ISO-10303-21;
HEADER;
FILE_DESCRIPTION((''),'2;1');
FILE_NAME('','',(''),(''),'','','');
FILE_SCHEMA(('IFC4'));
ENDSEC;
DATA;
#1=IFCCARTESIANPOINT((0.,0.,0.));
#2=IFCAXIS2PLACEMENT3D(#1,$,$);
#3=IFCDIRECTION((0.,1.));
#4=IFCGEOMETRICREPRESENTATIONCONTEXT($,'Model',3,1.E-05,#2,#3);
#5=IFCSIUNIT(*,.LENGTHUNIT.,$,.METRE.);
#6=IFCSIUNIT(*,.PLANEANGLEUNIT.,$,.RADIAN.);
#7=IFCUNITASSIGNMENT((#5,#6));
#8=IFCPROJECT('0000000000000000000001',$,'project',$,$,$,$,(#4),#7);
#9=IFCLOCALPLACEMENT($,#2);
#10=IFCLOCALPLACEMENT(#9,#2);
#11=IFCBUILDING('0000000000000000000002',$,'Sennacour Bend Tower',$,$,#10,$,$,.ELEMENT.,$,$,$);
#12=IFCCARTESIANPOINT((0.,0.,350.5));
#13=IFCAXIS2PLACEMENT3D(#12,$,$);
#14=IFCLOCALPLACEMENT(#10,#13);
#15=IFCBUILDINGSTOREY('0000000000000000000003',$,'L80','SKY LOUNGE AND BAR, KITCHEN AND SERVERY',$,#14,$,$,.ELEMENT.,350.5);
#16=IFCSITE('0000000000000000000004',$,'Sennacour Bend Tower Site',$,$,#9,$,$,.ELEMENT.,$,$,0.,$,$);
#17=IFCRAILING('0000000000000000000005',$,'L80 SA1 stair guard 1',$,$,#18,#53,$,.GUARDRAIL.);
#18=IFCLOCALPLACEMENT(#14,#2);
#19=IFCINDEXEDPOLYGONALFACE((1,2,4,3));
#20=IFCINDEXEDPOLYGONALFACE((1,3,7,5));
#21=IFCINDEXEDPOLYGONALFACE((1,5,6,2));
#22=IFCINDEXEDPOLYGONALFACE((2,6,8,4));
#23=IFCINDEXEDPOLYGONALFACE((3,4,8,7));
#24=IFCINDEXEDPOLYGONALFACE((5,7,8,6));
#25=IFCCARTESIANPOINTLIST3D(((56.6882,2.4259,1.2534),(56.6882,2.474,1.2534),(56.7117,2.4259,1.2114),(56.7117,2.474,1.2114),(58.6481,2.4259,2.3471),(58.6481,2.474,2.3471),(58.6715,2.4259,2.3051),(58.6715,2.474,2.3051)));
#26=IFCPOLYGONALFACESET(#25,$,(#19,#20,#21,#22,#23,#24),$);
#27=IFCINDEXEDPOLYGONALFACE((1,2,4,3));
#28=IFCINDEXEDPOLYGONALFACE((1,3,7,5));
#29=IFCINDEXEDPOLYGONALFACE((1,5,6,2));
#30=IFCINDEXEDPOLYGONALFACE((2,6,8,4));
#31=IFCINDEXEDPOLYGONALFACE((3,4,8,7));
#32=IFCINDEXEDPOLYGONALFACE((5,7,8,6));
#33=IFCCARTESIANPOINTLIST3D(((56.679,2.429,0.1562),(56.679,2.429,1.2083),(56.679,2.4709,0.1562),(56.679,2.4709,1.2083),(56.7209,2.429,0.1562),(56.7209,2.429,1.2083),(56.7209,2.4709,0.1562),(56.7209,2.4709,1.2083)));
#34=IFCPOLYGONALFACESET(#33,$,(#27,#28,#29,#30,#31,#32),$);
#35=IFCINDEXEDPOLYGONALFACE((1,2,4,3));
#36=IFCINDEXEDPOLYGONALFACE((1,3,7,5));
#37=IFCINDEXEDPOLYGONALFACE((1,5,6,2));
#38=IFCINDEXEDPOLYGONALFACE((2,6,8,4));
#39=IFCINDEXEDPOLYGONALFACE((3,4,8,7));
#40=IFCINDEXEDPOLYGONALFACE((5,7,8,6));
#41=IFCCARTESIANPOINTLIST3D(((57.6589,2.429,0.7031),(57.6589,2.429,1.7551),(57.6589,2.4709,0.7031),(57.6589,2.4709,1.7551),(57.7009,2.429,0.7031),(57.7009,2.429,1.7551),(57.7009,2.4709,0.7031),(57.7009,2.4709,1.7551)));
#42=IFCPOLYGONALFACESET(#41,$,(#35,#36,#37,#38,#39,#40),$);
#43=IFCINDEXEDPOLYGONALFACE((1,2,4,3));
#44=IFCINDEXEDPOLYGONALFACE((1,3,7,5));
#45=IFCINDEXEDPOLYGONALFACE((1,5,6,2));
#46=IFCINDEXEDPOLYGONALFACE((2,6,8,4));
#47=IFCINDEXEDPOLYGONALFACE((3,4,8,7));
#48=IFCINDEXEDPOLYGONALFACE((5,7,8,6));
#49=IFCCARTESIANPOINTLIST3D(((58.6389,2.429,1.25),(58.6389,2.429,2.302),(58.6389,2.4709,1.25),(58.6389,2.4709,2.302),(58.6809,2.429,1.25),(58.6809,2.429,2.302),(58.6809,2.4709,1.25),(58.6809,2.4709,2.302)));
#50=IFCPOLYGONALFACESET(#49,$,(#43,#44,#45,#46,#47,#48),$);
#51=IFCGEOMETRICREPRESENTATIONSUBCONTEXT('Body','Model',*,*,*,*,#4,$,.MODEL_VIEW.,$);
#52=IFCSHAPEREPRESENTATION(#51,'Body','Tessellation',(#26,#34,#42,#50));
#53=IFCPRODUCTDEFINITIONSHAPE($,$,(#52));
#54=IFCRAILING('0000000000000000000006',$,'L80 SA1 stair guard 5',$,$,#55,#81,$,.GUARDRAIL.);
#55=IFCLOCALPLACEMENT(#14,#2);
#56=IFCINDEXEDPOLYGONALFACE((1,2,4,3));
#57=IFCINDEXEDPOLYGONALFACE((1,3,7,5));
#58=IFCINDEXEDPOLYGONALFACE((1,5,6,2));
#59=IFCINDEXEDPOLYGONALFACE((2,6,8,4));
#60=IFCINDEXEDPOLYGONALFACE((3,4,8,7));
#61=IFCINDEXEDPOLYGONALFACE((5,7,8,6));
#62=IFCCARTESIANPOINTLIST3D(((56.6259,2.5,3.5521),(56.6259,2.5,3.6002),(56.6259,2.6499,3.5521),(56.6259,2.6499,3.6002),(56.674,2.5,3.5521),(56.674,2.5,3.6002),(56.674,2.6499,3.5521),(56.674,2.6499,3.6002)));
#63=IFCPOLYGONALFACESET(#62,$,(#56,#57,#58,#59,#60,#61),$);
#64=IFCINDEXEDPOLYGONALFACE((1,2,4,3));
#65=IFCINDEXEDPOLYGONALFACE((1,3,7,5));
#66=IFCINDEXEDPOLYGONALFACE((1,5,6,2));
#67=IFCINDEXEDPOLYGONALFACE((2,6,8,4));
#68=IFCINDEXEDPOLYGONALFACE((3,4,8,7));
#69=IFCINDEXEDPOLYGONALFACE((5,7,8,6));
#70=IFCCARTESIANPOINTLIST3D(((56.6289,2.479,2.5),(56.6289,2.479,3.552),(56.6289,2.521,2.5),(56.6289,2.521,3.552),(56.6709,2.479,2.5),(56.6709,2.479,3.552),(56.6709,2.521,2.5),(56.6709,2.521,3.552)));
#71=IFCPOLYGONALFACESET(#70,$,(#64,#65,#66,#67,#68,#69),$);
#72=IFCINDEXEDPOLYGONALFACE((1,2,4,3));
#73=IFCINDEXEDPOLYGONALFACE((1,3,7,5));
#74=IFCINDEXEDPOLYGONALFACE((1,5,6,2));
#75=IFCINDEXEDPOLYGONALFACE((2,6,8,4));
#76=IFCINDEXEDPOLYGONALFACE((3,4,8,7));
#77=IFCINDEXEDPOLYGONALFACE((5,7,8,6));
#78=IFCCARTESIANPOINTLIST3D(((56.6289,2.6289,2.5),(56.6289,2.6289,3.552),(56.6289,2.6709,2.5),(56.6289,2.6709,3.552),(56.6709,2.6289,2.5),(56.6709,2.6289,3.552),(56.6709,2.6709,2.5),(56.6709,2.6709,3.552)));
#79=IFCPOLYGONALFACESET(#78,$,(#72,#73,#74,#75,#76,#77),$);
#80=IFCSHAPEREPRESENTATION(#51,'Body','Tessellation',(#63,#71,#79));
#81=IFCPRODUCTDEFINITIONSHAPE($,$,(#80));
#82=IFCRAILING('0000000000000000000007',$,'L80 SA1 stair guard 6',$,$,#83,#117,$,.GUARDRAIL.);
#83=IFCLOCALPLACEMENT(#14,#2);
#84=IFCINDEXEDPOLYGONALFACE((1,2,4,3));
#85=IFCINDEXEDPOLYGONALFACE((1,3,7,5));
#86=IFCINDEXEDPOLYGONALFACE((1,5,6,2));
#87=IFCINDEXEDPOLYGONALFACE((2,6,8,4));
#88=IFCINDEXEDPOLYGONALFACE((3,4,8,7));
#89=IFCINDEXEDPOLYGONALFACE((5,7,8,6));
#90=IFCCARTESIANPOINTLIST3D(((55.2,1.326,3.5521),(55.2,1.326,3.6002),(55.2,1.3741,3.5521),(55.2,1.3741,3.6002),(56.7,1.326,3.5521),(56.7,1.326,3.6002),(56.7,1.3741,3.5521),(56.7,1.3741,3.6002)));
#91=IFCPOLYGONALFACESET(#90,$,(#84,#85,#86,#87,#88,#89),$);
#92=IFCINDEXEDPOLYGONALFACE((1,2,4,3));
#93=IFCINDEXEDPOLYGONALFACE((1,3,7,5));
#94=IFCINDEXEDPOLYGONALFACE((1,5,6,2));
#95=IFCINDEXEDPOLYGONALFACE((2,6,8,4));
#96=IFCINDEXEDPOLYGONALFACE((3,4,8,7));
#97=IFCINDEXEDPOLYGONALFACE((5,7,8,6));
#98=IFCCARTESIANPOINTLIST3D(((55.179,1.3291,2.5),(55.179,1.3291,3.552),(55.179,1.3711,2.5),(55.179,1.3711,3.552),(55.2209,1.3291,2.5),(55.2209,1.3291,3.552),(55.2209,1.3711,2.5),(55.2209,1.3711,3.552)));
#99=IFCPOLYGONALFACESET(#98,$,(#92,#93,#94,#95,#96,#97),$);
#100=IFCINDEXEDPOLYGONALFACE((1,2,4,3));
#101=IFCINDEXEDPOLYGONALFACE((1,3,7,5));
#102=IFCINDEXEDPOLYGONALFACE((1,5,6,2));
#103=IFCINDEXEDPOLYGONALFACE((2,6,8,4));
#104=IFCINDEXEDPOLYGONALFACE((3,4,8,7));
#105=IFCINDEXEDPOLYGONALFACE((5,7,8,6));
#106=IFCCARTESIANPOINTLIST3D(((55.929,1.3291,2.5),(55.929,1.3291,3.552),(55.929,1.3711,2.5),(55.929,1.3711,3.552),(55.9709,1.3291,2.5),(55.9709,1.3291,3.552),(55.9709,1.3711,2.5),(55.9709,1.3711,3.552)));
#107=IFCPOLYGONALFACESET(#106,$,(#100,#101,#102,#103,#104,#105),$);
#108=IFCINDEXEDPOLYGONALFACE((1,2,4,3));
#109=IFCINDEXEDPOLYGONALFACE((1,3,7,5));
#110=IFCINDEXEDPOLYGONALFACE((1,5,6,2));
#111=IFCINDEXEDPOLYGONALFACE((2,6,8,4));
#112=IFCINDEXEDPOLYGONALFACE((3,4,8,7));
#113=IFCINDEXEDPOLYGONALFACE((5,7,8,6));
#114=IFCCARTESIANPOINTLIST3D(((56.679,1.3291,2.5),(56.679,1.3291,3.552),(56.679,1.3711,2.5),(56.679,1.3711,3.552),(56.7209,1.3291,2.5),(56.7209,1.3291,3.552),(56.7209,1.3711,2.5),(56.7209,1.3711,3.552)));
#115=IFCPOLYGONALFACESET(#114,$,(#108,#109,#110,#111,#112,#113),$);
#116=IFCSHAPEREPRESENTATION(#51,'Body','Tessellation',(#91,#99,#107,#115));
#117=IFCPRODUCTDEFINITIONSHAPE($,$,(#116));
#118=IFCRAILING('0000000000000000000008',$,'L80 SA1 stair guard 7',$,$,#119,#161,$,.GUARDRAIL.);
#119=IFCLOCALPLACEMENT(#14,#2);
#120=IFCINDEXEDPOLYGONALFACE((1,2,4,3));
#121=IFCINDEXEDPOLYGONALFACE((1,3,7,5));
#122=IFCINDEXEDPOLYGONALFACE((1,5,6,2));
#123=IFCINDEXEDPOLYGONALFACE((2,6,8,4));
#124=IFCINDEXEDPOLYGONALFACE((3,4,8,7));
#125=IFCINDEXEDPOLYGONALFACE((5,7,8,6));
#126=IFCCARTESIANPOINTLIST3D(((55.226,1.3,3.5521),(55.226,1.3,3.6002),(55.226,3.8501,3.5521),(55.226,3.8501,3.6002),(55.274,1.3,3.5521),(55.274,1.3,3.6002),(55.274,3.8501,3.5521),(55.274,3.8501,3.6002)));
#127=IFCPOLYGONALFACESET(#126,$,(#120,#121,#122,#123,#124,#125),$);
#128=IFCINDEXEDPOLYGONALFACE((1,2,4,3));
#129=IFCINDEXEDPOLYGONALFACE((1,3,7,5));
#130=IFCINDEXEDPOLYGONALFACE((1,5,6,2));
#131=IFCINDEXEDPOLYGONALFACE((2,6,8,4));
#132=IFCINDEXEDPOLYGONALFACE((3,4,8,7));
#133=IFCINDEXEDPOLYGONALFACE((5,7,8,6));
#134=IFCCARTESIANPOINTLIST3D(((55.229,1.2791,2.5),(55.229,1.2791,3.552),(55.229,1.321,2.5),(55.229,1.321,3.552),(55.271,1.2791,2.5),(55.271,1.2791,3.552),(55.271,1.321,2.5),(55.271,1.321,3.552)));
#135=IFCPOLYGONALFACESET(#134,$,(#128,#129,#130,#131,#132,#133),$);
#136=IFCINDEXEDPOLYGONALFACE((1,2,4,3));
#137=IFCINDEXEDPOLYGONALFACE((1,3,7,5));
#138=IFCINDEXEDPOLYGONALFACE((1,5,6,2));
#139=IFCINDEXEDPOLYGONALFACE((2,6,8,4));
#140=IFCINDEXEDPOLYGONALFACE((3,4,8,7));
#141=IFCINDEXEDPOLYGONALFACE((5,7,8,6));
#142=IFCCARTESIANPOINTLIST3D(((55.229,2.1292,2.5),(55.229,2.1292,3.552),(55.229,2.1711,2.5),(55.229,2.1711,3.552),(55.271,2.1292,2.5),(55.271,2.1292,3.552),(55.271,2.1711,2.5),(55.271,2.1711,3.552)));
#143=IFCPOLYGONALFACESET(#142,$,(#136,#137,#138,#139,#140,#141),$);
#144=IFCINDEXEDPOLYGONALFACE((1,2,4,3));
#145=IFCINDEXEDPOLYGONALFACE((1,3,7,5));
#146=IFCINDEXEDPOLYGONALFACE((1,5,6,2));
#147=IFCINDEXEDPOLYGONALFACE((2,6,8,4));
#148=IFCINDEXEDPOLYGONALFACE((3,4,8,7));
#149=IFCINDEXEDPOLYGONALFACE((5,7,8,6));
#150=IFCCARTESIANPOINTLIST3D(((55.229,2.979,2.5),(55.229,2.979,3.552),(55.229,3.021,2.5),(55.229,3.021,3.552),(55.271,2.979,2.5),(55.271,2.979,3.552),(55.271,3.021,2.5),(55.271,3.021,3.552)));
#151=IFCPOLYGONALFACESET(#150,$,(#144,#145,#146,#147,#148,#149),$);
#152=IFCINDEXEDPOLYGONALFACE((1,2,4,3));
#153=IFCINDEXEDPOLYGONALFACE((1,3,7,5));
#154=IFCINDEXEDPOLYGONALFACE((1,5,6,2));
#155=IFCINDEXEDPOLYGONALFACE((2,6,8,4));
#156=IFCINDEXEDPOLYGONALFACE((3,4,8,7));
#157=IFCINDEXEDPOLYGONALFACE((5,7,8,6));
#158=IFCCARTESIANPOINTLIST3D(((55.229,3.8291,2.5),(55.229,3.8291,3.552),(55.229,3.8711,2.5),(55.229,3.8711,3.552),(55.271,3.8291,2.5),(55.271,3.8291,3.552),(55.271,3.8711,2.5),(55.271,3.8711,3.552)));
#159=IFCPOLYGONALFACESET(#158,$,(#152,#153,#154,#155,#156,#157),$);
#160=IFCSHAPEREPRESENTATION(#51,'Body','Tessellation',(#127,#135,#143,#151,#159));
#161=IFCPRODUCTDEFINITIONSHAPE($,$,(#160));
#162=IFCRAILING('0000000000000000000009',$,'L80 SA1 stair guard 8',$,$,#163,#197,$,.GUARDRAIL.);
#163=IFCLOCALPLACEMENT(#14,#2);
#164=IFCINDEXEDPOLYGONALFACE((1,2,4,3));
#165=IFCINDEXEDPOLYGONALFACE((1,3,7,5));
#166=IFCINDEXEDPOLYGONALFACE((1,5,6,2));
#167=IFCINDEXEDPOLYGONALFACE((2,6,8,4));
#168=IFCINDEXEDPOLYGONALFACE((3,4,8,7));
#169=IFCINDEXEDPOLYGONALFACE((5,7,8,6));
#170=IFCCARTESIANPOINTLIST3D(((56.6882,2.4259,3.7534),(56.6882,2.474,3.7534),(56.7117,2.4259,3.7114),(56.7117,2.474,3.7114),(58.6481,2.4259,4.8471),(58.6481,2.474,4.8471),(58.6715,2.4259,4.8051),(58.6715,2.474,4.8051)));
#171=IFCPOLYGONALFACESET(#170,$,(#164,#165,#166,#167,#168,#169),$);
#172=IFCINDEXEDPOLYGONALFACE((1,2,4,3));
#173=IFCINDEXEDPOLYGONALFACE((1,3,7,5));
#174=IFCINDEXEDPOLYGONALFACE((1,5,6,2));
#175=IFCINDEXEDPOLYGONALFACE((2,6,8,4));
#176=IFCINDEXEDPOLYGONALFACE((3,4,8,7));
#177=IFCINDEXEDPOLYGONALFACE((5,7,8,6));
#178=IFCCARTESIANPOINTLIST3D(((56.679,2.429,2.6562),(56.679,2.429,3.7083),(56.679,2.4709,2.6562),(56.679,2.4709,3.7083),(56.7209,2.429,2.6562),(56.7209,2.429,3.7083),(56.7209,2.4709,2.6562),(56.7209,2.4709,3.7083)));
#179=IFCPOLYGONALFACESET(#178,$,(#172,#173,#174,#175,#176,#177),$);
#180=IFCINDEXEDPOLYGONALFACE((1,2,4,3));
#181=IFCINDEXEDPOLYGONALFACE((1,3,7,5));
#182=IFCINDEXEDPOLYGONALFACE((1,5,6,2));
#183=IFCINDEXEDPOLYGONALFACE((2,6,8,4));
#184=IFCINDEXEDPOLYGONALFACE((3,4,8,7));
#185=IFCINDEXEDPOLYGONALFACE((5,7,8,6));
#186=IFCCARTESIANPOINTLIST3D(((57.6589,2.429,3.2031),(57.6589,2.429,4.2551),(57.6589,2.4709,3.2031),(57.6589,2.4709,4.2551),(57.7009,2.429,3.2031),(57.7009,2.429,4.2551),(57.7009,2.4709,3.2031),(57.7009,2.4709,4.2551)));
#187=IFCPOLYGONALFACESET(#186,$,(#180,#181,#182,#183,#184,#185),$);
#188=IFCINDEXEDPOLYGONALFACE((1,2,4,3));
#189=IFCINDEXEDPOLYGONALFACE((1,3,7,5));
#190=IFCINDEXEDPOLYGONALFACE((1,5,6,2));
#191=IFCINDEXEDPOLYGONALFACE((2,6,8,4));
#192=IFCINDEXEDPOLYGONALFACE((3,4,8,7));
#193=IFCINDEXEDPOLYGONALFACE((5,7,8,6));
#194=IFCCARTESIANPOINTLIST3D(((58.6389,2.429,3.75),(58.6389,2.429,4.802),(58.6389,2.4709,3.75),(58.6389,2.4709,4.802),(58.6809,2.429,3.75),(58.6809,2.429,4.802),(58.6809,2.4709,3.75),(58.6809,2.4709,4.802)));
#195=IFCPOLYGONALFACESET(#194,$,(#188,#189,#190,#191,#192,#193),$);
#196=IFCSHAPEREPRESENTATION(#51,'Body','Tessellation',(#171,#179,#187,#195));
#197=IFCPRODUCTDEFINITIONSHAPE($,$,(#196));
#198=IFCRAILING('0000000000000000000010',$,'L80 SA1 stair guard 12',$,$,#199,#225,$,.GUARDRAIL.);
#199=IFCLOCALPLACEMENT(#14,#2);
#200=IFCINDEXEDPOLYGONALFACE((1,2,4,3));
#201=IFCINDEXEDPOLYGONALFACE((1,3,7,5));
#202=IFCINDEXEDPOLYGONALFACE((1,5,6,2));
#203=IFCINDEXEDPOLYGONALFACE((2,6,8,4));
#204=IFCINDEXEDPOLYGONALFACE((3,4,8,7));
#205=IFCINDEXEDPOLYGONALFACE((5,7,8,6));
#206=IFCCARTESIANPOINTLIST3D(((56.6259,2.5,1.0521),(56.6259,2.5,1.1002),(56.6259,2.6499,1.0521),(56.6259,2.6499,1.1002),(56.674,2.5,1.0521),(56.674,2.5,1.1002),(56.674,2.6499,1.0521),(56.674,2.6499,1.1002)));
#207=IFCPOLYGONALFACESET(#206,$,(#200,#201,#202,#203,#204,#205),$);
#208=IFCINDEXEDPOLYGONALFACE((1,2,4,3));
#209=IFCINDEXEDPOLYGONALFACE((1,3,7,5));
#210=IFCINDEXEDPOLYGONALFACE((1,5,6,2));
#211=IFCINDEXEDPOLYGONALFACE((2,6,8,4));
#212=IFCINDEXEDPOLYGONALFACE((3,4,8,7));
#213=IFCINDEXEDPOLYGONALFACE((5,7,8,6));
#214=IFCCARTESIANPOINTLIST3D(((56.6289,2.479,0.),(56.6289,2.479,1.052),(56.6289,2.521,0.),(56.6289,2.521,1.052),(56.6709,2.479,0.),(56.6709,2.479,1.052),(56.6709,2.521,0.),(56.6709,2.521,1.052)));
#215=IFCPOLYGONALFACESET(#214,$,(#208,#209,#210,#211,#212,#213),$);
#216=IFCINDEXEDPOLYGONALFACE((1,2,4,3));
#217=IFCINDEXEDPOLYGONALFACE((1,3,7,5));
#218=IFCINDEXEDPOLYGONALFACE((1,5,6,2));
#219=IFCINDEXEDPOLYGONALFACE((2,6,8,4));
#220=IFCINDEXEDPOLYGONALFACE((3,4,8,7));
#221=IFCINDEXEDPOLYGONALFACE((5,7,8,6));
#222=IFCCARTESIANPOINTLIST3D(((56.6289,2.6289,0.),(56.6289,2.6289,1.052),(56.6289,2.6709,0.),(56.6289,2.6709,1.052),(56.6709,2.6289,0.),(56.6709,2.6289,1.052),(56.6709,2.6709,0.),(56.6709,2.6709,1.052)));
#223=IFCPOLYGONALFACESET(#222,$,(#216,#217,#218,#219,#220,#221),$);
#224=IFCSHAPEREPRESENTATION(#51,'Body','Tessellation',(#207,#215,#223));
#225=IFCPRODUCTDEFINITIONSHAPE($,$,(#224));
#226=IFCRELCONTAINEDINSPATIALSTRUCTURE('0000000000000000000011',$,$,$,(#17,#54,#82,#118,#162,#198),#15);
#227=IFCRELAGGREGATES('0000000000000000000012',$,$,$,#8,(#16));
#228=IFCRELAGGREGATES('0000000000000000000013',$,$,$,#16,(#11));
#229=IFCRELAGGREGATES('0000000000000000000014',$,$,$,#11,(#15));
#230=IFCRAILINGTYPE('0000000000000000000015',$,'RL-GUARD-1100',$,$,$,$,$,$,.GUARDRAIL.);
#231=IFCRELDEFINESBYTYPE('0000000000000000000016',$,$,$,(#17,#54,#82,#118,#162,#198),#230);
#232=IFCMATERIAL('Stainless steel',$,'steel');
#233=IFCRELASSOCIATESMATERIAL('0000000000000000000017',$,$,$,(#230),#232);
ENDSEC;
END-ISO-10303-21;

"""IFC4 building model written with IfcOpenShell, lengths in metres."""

from ifc_helpers import new_model, si_unit, direction, frame, origin, origin_2d, place, context, subcontext, project, spatial, rectangle, extrude, material, type_object, element, save


model = new_model("IFC4")

# Units and contexts
model_context = context("Model", 3, precision=1e-05, world=origin(), true_north=direction((0.0, 1.0)))
body_context = subcontext(model_context, "Body", "Model", "MODEL_VIEW")
ifc_project = project(units=[si_unit("LENGTHUNIT", "METRE"), si_unit("PLANEANGLEUNIT", "RADIAN")], contexts=[model_context])

# Site, building, storey
site_placement = place(None, origin())
site = spatial("IfcSite", under=ifc_project, at=site_placement, Name="Sennacour Bend Tower Site", CompositionType="ELEMENT", RefElevation=0.0)
building_placement = place(site_placement, origin())
building = spatial("IfcBuilding", under=site, at=building_placement, Name="Sennacour Bend Tower", CompositionType="ELEMENT")
storey_placement = place(building_placement, frame((0.0, 0.0, 350.5)))
storey = spatial("IfcBuildingStorey", under=building, at=storey_placement, Name="L80", Description="SKY LOUNGE AND BAR, KITCHEN AND SERVERY", CompositionType="ELEMENT", Elevation=350.5)

# Railings
ifc_material_1 = material(Name="Stainless steel", Category="steel")
railing_type_1 = type_object("IfcRailingType", Name="RL-GUARD-1100", PredefinedType="GUARDRAIL", material=ifc_material_1)
railing_1_placement = place(storey_placement, frame((56.7, 2.45, 0.1562)))
element("IfcRailing", 1, at=railing_1_placement, inside=storey, type_object=railing_type_1, Name="L80 SA1 stair guard 1", PredefinedType="GUARDRAIL", context=body_context, shape_type="SweptSolid", body=[
    extrude(rectangle(XDim=0.0481, YDim=0.0481, at=origin_2d()), frame((0.0, 0.0, 1.0762), z_axis=(0.873232, 0.0, 0.487304), x_axis=(0.0, 1.0, 0.0)), (0.0, 0.0, 1.0), 2.2444),
    extrude(rectangle(XDim=0.042, YDim=0.042, at=origin_2d()), origin(), (0.0, 0.0, 1.0), 1.052),
    extrude(rectangle(XDim=0.042, YDim=0.042, at=origin_2d()), frame((0.98, 0.0, 0.5469)), (0.0, 0.0, 1.0), 1.052),
    extrude(rectangle(XDim=0.042, YDim=0.042, at=origin_2d()), frame((1.96, 0.0, 1.0938)), (0.0, 0.0, 1.0), 1.052),
])
railing_2_placement = place(storey_placement, frame((56.6499, 2.5, 2.5)))
element("IfcRailing", 2, at=railing_2_placement, inside=storey, type_object=railing_type_1, Name="L80 SA1 stair guard 5", PredefinedType="GUARDRAIL", context=body_context, shape_type="SweptSolid", body=[
    extrude(rectangle(XDim=0.0481, YDim=0.0481, at=origin_2d()), frame((0.0, 0.0, 1.0762), z_axis=(0.0, 1.0, 0.0), x_axis=(-1.0, 0.0, 0.0)), (0.0, 0.0, 1.0), 0.1499),
    extrude(rectangle(XDim=0.042, YDim=0.042, at=origin_2d()), origin(), (0.0, 0.0, 1.0), 1.052),
    extrude(rectangle(XDim=0.042, YDim=0.042, at=origin_2d()), frame((0.0, 0.1499, 0.0)), (0.0, 0.0, 1.0), 1.052),
])
railing_3_placement = place(storey_placement, frame((55.2, 1.3501, 2.5)))
element("IfcRailing", 3, at=railing_3_placement, inside=storey, type_object=railing_type_1, Name="L80 SA1 stair guard 6", PredefinedType="GUARDRAIL", context=body_context, shape_type="SweptSolid", body=[
    extrude(rectangle(XDim=0.0481, YDim=0.0481, at=origin_2d()), frame((0.0, 0.0, 1.0762), z_axis=(1.0, 0.0, 0.0), x_axis=(0.0, 1.0, 0.0)), (0.0, 0.0, 1.0), 1.5),
    extrude(rectangle(XDim=0.042, YDim=0.042, at=origin_2d()), origin(), (0.0, 0.0, 1.0), 1.052),
    extrude(rectangle(XDim=0.042, YDim=0.042, at=origin_2d()), frame((0.75, 0.0, 0.0)), (0.0, 0.0, 1.0), 1.052),
    extrude(rectangle(XDim=0.042, YDim=0.042, at=origin_2d()), frame((1.5, 0.0, 0.0)), (0.0, 0.0, 1.0), 1.052),
])
railing_4_placement = place(storey_placement, frame((55.25, 1.3, 2.5)))
element("IfcRailing", 4, at=railing_4_placement, inside=storey, type_object=railing_type_1, Name="L80 SA1 stair guard 7", PredefinedType="GUARDRAIL", context=body_context, shape_type="SweptSolid", body=[
    extrude(rectangle(XDim=0.0481, YDim=0.0481, at=origin_2d()), frame((0.0, 0.0, 1.0762), z_axis=(0.0, 1.0, 0.0), x_axis=(-1.0, 0.0, 0.0)), (0.0, 0.0, 1.0), 2.55),
    extrude(rectangle(XDim=0.042, YDim=0.042, at=origin_2d()), origin(), (0.0, 0.0, 1.0), 1.052),
    extrude(rectangle(XDim=0.042, YDim=0.042, at=origin_2d()), frame((0.0, 0.8501, 0.0)), (0.0, 0.0, 1.0), 1.052),
    extrude(rectangle(XDim=0.042, YDim=0.042, at=origin_2d()), frame((0.0, 1.7, 0.0)), (0.0, 0.0, 1.0), 1.052),
    extrude(rectangle(XDim=0.042, YDim=0.042, at=origin_2d()), frame((0.0, 2.55, 0.0)), (0.0, 0.0, 1.0), 1.052),
])
railing_5_placement = place(storey_placement, frame((56.7, 2.45, 2.6562)))
element("IfcRailing", 5, at=railing_5_placement, inside=storey, type_object=railing_type_1, Name="L80 SA1 stair guard 8", PredefinedType="GUARDRAIL", context=body_context, shape_type="SweptSolid", body=[
    extrude(rectangle(XDim=0.0481, YDim=0.0481, at=origin_2d()), frame((0.0, 0.0, 1.0762), z_axis=(0.873232, 0.0, 0.487304), x_axis=(0.0, 1.0, 0.0)), (0.0, 0.0, 1.0), 2.2444),
    extrude(rectangle(XDim=0.042, YDim=0.042, at=origin_2d()), origin(), (0.0, 0.0, 1.0), 1.052),
    extrude(rectangle(XDim=0.042, YDim=0.042, at=origin_2d()), frame((0.98, 0.0, 0.5469)), (0.0, 0.0, 1.0), 1.052),
    extrude(rectangle(XDim=0.042, YDim=0.042, at=origin_2d()), frame((1.96, 0.0, 1.0938)), (0.0, 0.0, 1.0), 1.052),
])
railing_6_placement = place(storey_placement, frame((56.6499, 2.5, 0.0)))
element("IfcRailing", 6, at=railing_6_placement, inside=storey, type_object=railing_type_1, Name="L80 SA1 stair guard 12", PredefinedType="GUARDRAIL", context=body_context, shape_type="SweptSolid", body=[
    extrude(rectangle(XDim=0.0481, YDim=0.0481, at=origin_2d()), frame((0.0, 0.0, 1.0762), z_axis=(0.0, 1.0, 0.0), x_axis=(-1.0, 0.0, 0.0)), (0.0, 0.0, 1.0), 0.1499),
    extrude(rectangle(XDim=0.042, YDim=0.042, at=origin_2d()), origin(), (0.0, 0.0, 1.0), 1.052),
    extrude(rectangle(XDim=0.042, YDim=0.042, at=origin_2d()), frame((0.0, 0.1499, 0.0)), (0.0, 0.0, 1.0), 1.052),
])

save(model, "model.ifc")
